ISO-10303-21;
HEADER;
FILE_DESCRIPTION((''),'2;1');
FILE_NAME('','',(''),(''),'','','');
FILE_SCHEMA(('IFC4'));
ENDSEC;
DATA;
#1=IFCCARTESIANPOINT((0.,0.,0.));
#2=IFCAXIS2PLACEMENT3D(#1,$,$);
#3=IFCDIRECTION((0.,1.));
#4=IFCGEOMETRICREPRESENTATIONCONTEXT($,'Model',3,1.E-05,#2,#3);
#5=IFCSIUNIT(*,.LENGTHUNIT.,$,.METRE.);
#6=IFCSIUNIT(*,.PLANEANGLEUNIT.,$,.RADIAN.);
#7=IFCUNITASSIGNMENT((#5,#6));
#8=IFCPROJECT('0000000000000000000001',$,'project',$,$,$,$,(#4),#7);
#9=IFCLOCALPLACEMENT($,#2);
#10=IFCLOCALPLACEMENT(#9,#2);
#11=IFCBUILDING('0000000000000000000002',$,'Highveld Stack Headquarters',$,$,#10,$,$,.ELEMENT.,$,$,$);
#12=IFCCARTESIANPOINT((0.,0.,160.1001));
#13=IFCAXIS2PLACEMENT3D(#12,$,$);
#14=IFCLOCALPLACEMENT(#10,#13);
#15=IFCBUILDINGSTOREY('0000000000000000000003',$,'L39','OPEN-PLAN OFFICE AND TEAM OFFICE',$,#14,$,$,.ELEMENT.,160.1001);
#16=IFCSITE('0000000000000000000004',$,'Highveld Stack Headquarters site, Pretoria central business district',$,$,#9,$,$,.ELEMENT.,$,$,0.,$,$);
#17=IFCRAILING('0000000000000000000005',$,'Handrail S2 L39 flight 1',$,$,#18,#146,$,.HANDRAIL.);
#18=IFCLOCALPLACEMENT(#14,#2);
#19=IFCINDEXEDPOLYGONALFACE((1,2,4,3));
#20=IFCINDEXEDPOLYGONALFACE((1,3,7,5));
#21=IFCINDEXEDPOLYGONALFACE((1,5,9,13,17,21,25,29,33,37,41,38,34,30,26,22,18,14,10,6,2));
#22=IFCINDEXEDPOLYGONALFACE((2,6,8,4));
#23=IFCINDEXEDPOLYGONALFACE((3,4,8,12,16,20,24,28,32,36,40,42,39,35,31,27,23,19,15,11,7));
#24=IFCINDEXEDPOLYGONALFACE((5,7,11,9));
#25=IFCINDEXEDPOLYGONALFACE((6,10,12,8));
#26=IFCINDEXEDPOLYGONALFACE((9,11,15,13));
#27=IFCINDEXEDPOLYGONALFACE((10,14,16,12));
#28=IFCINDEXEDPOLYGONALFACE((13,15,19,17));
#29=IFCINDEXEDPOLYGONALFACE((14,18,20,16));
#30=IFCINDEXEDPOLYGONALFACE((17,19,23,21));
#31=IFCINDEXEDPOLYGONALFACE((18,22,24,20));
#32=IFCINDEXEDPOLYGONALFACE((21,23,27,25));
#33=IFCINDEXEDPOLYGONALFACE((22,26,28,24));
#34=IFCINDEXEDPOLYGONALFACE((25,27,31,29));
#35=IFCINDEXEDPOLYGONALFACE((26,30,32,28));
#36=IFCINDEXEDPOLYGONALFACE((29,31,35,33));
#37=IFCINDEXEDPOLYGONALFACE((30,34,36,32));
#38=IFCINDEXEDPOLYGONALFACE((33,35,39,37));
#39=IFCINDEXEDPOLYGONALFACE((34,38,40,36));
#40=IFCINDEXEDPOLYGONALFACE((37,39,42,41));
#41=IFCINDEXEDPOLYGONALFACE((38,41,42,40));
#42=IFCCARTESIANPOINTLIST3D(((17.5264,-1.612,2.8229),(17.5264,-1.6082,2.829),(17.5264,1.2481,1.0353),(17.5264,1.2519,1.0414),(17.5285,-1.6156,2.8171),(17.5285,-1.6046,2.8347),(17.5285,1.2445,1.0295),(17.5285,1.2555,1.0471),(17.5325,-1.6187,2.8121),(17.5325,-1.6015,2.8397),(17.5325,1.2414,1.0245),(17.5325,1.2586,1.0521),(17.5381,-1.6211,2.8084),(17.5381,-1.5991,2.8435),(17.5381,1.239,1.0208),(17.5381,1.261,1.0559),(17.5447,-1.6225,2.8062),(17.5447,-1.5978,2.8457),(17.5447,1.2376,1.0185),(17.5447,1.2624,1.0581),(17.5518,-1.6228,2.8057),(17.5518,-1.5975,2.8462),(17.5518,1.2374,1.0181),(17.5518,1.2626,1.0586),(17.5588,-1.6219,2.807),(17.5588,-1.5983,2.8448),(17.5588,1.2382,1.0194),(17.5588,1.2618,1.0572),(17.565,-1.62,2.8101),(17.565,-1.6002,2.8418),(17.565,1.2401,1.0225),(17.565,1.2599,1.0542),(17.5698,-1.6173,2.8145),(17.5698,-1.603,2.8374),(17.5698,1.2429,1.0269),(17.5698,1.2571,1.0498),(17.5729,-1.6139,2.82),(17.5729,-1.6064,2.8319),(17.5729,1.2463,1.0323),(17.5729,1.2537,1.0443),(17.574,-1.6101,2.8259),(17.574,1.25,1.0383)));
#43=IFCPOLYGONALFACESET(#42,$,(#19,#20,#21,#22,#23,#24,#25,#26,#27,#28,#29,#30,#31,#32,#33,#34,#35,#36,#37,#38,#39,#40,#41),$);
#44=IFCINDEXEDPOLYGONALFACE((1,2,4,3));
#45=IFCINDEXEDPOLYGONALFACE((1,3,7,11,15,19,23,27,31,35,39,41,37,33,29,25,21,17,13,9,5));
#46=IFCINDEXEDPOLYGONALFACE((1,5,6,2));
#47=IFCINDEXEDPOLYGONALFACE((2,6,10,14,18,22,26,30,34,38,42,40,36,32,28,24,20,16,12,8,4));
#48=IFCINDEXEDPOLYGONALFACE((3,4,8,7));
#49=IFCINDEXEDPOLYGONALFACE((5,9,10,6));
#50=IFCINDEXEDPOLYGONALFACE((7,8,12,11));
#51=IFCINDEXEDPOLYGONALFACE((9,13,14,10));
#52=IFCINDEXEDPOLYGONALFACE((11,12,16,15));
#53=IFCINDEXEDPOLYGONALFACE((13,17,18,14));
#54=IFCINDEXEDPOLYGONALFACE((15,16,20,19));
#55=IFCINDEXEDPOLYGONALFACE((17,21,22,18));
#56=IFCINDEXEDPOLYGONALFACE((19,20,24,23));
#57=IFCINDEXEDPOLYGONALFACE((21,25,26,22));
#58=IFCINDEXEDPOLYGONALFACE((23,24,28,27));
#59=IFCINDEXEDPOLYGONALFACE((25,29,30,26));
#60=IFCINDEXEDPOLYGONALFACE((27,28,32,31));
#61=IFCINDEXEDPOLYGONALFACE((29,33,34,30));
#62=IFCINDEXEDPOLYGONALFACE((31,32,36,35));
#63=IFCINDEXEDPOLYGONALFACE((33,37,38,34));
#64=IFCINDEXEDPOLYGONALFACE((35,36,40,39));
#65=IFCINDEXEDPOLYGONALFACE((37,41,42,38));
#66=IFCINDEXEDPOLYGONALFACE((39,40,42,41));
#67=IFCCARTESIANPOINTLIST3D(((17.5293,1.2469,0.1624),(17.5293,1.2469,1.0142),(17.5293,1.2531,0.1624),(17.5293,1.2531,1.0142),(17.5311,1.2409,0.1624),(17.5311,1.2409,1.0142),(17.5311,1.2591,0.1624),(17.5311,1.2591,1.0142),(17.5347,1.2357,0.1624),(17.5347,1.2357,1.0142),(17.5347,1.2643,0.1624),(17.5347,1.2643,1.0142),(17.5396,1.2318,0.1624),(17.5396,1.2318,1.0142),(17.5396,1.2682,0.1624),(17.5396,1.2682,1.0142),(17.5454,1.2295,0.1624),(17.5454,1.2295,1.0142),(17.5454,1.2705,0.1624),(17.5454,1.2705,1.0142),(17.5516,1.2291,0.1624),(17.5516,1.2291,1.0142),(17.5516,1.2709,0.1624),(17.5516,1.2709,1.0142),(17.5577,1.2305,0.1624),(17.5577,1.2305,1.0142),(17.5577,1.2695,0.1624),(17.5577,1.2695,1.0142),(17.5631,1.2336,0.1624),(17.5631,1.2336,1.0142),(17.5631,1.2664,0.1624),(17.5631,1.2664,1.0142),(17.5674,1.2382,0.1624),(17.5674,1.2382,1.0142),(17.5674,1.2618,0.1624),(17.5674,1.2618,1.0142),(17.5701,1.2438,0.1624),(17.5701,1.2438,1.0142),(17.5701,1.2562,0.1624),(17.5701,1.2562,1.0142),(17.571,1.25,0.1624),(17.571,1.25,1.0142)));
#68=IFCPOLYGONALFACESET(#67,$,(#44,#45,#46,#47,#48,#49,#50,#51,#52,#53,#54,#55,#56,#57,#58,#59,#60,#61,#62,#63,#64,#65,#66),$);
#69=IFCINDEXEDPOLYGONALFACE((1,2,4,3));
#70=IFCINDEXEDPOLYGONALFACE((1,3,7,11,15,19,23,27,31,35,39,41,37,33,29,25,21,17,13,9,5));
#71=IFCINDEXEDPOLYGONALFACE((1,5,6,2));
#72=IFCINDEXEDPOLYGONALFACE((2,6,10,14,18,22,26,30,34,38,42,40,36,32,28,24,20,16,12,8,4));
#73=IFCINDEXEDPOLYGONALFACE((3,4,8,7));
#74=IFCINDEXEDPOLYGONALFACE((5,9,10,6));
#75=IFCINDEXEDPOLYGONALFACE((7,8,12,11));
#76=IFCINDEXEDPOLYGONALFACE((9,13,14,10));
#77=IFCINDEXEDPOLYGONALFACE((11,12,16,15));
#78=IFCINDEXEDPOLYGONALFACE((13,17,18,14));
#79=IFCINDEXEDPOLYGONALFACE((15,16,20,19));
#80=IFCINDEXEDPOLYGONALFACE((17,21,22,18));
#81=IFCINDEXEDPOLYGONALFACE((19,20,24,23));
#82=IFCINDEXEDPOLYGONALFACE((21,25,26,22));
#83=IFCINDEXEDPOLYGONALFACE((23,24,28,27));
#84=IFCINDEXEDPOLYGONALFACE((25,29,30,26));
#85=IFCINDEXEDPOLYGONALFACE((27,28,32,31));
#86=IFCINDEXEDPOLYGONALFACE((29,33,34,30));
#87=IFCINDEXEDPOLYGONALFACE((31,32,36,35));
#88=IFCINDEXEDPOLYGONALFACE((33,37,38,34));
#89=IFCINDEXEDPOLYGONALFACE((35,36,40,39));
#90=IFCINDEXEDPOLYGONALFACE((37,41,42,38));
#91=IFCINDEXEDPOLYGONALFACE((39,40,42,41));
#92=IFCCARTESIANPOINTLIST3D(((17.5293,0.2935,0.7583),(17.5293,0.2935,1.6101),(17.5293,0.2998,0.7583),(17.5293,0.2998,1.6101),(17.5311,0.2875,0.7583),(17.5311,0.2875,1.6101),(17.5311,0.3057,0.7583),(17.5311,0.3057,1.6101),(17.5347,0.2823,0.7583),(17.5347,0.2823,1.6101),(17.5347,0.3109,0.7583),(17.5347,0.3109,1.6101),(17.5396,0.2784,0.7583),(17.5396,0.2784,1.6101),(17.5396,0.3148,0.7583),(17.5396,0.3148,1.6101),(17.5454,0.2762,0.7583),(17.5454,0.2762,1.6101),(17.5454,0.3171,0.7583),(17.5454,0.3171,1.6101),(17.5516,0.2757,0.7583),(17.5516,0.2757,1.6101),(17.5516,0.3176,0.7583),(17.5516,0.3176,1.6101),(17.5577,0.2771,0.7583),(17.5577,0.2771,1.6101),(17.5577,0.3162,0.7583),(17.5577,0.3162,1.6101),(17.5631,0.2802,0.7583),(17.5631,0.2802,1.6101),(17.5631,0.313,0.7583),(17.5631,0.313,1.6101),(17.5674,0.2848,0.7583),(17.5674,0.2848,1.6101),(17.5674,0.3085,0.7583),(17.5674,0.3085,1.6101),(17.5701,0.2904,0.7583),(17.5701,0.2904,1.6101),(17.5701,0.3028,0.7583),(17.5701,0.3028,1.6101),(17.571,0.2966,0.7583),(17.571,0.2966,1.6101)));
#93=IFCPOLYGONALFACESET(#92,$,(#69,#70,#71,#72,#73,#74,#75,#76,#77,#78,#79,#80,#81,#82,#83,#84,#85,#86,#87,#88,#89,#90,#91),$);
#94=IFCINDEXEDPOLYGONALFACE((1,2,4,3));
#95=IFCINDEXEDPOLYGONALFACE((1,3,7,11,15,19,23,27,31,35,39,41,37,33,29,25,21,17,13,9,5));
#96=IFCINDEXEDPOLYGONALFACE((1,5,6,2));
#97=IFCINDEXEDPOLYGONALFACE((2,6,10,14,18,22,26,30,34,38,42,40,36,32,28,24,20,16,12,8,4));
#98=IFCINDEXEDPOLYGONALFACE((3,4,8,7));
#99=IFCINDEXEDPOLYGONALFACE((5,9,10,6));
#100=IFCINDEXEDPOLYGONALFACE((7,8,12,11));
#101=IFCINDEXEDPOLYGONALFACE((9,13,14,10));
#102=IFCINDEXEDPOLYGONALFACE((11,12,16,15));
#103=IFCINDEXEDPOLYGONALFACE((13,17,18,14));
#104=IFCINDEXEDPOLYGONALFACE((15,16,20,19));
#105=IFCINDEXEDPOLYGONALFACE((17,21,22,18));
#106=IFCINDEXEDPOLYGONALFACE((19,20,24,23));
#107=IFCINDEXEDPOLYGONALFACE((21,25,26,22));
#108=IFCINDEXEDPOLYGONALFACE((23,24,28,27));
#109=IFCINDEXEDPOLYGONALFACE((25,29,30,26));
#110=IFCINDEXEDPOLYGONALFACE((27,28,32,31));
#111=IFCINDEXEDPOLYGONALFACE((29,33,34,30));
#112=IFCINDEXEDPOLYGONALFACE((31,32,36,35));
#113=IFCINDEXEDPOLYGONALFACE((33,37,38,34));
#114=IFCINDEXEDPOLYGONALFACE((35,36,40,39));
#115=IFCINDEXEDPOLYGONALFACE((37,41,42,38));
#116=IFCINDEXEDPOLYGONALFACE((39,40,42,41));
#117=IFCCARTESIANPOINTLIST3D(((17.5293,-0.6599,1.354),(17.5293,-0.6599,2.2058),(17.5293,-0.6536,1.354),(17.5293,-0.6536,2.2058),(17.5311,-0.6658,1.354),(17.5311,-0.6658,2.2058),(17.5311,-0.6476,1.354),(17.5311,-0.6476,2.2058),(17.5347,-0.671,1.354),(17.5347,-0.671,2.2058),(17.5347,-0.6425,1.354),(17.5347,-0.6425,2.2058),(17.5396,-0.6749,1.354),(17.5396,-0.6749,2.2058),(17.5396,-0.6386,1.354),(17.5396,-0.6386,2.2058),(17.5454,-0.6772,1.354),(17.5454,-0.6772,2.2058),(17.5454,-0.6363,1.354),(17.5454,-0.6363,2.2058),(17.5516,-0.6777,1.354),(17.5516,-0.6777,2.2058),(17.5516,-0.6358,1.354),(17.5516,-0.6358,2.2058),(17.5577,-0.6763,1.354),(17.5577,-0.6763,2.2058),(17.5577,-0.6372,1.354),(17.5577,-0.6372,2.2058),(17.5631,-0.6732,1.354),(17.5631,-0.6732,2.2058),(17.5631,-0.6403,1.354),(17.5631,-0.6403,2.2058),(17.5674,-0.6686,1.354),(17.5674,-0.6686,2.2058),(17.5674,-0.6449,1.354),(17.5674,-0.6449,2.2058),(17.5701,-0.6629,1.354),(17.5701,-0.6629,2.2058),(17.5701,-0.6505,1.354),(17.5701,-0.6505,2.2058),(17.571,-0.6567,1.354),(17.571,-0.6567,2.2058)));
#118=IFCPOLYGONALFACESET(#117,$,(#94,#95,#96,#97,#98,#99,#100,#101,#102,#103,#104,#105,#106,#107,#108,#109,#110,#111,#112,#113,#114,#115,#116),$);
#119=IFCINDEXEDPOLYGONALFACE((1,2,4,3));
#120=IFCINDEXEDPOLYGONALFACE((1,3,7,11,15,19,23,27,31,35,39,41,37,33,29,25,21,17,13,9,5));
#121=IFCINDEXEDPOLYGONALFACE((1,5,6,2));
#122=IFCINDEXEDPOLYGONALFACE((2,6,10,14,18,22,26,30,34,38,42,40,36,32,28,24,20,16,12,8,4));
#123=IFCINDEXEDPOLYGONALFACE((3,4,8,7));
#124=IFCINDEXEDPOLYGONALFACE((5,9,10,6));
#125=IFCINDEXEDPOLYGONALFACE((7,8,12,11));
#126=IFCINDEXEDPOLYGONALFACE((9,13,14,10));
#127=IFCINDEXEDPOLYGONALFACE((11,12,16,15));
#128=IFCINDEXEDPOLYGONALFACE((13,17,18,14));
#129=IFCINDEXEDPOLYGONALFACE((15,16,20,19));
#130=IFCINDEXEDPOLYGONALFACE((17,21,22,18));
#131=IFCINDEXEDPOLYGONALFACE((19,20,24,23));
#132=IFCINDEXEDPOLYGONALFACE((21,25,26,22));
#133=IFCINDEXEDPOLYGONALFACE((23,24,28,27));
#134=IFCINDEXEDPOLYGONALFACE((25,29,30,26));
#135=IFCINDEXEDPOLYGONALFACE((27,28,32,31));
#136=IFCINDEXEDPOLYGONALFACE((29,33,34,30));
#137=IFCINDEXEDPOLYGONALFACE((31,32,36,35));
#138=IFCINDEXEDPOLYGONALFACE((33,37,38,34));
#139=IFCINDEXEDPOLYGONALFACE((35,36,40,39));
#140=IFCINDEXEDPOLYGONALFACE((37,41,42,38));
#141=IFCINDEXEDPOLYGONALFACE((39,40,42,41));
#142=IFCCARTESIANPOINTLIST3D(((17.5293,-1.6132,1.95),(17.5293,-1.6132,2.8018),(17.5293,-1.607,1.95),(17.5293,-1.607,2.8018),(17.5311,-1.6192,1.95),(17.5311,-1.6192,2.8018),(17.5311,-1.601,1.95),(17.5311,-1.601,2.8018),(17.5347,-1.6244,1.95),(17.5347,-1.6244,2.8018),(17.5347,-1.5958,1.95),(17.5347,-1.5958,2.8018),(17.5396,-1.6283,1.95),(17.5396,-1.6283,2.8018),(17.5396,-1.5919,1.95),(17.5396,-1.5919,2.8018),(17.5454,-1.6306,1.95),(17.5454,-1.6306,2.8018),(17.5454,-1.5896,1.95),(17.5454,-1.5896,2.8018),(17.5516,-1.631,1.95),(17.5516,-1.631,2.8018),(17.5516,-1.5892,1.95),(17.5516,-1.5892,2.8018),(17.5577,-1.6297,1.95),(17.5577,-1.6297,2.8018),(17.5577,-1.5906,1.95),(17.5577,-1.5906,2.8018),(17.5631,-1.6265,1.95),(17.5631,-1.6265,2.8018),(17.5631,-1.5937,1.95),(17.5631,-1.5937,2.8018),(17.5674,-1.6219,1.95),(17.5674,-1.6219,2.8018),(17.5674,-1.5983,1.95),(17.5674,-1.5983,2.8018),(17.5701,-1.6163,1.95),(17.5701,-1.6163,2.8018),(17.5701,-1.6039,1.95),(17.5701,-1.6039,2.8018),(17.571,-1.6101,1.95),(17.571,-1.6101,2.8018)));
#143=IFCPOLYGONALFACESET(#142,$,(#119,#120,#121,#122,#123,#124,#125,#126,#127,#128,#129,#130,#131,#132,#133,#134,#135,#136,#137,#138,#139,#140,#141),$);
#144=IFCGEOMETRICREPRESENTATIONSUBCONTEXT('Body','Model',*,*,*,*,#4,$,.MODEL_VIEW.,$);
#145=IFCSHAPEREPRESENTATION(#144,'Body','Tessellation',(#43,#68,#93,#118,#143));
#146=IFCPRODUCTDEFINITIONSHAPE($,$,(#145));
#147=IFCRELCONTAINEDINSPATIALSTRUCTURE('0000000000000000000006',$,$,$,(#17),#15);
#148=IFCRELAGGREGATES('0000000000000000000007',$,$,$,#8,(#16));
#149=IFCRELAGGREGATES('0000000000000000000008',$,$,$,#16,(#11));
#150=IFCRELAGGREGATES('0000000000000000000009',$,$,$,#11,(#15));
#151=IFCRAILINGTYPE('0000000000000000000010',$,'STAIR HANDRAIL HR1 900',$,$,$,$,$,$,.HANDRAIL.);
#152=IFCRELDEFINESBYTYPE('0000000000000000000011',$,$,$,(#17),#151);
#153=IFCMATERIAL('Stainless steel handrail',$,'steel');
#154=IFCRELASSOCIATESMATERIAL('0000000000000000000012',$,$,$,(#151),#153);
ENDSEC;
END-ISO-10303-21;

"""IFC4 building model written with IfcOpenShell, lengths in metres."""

from ifc_helpers import new_model, si_unit, direction, frame, origin, origin_2d, place, context, subcontext, project, spatial, circle, extrude, material, type_object, element, save


model = new_model("IFC4")

# Units and contexts
model_context = context("Model", 3, precision=1e-05, world=origin(), true_north=direction((0.0, 1.0)))
body_context = subcontext(model_context, "Body", "Model", "MODEL_VIEW")
ifc_project = project(units=[si_unit("LENGTHUNIT", "METRE"), si_unit("PLANEANGLEUNIT", "RADIAN")], contexts=[model_context])

# Site, building, storey
site_placement = place(None, origin())
site = spatial("IfcSite", under=ifc_project, at=site_placement, Name="Highveld Stack Headquarters site, Pretoria central business district", CompositionType="ELEMENT", RefElevation=0.0)
building_placement = place(site_placement, origin())
building = spatial("IfcBuilding", under=site, at=building_placement, Name="Highveld Stack Headquarters", CompositionType="ELEMENT")
storey_placement = place(building_placement, frame((0.0, 0.0, 160.1001)))
storey = spatial("IfcBuildingStorey", under=building, at=storey_placement, Name="L39", Description="OPEN-PLAN OFFICE AND TEAM OFFICE", CompositionType="ELEMENT", Elevation=160.1001)

# Railing
ifc_material_1 = material(Name="Stainless steel handrail", Category="steel")
railing_type = type_object("IfcRailingType", Name="STAIR HANDRAIL HR1 900", PredefinedType="HANDRAIL", material=ifc_material_1)
for number, where, name in (
    (1, (17.55, 1.25, 0.1624), "Handrail S2 L39 flight 1"),
):
    element("IfcRailing", number, at=place(storey_placement, frame(where)), inside=storey, type_object=railing_type, Name=name, PredefinedType="HANDRAIL", context=body_context, shape_type="SweptSolid", body=[
        extrude(circle(Radius=0.0239, at=origin_2d()), frame((0.0, 0.0, 0.876), z_axis=(0.0, -0.847994, 0.530005), x_axis=(1.0, 0.0, 0.0)), (0.0, 0.0, 1.0), 3.3728),
        extrude(circle(Radius=0.021, at=origin_2d()), origin(), (0.0, 0.0, 1.0), 0.8518),
        extrude(circle(Radius=0.021, at=origin_2d()), frame((0.0, -0.9534, 0.5959)), (0.0, 0.0, 1.0), 0.8518),
        extrude(circle(Radius=0.021, at=origin_2d()), frame((0.0, -1.9067, 1.1917)), (0.0, 0.0, 1.0), 0.8518),
        extrude(circle(Radius=0.021, at=origin_2d()), frame((0.0, -2.8601, 1.7876)), (0.0, 0.0, 1.0), 0.8518),
    ])

save(model, "model.ifc")
